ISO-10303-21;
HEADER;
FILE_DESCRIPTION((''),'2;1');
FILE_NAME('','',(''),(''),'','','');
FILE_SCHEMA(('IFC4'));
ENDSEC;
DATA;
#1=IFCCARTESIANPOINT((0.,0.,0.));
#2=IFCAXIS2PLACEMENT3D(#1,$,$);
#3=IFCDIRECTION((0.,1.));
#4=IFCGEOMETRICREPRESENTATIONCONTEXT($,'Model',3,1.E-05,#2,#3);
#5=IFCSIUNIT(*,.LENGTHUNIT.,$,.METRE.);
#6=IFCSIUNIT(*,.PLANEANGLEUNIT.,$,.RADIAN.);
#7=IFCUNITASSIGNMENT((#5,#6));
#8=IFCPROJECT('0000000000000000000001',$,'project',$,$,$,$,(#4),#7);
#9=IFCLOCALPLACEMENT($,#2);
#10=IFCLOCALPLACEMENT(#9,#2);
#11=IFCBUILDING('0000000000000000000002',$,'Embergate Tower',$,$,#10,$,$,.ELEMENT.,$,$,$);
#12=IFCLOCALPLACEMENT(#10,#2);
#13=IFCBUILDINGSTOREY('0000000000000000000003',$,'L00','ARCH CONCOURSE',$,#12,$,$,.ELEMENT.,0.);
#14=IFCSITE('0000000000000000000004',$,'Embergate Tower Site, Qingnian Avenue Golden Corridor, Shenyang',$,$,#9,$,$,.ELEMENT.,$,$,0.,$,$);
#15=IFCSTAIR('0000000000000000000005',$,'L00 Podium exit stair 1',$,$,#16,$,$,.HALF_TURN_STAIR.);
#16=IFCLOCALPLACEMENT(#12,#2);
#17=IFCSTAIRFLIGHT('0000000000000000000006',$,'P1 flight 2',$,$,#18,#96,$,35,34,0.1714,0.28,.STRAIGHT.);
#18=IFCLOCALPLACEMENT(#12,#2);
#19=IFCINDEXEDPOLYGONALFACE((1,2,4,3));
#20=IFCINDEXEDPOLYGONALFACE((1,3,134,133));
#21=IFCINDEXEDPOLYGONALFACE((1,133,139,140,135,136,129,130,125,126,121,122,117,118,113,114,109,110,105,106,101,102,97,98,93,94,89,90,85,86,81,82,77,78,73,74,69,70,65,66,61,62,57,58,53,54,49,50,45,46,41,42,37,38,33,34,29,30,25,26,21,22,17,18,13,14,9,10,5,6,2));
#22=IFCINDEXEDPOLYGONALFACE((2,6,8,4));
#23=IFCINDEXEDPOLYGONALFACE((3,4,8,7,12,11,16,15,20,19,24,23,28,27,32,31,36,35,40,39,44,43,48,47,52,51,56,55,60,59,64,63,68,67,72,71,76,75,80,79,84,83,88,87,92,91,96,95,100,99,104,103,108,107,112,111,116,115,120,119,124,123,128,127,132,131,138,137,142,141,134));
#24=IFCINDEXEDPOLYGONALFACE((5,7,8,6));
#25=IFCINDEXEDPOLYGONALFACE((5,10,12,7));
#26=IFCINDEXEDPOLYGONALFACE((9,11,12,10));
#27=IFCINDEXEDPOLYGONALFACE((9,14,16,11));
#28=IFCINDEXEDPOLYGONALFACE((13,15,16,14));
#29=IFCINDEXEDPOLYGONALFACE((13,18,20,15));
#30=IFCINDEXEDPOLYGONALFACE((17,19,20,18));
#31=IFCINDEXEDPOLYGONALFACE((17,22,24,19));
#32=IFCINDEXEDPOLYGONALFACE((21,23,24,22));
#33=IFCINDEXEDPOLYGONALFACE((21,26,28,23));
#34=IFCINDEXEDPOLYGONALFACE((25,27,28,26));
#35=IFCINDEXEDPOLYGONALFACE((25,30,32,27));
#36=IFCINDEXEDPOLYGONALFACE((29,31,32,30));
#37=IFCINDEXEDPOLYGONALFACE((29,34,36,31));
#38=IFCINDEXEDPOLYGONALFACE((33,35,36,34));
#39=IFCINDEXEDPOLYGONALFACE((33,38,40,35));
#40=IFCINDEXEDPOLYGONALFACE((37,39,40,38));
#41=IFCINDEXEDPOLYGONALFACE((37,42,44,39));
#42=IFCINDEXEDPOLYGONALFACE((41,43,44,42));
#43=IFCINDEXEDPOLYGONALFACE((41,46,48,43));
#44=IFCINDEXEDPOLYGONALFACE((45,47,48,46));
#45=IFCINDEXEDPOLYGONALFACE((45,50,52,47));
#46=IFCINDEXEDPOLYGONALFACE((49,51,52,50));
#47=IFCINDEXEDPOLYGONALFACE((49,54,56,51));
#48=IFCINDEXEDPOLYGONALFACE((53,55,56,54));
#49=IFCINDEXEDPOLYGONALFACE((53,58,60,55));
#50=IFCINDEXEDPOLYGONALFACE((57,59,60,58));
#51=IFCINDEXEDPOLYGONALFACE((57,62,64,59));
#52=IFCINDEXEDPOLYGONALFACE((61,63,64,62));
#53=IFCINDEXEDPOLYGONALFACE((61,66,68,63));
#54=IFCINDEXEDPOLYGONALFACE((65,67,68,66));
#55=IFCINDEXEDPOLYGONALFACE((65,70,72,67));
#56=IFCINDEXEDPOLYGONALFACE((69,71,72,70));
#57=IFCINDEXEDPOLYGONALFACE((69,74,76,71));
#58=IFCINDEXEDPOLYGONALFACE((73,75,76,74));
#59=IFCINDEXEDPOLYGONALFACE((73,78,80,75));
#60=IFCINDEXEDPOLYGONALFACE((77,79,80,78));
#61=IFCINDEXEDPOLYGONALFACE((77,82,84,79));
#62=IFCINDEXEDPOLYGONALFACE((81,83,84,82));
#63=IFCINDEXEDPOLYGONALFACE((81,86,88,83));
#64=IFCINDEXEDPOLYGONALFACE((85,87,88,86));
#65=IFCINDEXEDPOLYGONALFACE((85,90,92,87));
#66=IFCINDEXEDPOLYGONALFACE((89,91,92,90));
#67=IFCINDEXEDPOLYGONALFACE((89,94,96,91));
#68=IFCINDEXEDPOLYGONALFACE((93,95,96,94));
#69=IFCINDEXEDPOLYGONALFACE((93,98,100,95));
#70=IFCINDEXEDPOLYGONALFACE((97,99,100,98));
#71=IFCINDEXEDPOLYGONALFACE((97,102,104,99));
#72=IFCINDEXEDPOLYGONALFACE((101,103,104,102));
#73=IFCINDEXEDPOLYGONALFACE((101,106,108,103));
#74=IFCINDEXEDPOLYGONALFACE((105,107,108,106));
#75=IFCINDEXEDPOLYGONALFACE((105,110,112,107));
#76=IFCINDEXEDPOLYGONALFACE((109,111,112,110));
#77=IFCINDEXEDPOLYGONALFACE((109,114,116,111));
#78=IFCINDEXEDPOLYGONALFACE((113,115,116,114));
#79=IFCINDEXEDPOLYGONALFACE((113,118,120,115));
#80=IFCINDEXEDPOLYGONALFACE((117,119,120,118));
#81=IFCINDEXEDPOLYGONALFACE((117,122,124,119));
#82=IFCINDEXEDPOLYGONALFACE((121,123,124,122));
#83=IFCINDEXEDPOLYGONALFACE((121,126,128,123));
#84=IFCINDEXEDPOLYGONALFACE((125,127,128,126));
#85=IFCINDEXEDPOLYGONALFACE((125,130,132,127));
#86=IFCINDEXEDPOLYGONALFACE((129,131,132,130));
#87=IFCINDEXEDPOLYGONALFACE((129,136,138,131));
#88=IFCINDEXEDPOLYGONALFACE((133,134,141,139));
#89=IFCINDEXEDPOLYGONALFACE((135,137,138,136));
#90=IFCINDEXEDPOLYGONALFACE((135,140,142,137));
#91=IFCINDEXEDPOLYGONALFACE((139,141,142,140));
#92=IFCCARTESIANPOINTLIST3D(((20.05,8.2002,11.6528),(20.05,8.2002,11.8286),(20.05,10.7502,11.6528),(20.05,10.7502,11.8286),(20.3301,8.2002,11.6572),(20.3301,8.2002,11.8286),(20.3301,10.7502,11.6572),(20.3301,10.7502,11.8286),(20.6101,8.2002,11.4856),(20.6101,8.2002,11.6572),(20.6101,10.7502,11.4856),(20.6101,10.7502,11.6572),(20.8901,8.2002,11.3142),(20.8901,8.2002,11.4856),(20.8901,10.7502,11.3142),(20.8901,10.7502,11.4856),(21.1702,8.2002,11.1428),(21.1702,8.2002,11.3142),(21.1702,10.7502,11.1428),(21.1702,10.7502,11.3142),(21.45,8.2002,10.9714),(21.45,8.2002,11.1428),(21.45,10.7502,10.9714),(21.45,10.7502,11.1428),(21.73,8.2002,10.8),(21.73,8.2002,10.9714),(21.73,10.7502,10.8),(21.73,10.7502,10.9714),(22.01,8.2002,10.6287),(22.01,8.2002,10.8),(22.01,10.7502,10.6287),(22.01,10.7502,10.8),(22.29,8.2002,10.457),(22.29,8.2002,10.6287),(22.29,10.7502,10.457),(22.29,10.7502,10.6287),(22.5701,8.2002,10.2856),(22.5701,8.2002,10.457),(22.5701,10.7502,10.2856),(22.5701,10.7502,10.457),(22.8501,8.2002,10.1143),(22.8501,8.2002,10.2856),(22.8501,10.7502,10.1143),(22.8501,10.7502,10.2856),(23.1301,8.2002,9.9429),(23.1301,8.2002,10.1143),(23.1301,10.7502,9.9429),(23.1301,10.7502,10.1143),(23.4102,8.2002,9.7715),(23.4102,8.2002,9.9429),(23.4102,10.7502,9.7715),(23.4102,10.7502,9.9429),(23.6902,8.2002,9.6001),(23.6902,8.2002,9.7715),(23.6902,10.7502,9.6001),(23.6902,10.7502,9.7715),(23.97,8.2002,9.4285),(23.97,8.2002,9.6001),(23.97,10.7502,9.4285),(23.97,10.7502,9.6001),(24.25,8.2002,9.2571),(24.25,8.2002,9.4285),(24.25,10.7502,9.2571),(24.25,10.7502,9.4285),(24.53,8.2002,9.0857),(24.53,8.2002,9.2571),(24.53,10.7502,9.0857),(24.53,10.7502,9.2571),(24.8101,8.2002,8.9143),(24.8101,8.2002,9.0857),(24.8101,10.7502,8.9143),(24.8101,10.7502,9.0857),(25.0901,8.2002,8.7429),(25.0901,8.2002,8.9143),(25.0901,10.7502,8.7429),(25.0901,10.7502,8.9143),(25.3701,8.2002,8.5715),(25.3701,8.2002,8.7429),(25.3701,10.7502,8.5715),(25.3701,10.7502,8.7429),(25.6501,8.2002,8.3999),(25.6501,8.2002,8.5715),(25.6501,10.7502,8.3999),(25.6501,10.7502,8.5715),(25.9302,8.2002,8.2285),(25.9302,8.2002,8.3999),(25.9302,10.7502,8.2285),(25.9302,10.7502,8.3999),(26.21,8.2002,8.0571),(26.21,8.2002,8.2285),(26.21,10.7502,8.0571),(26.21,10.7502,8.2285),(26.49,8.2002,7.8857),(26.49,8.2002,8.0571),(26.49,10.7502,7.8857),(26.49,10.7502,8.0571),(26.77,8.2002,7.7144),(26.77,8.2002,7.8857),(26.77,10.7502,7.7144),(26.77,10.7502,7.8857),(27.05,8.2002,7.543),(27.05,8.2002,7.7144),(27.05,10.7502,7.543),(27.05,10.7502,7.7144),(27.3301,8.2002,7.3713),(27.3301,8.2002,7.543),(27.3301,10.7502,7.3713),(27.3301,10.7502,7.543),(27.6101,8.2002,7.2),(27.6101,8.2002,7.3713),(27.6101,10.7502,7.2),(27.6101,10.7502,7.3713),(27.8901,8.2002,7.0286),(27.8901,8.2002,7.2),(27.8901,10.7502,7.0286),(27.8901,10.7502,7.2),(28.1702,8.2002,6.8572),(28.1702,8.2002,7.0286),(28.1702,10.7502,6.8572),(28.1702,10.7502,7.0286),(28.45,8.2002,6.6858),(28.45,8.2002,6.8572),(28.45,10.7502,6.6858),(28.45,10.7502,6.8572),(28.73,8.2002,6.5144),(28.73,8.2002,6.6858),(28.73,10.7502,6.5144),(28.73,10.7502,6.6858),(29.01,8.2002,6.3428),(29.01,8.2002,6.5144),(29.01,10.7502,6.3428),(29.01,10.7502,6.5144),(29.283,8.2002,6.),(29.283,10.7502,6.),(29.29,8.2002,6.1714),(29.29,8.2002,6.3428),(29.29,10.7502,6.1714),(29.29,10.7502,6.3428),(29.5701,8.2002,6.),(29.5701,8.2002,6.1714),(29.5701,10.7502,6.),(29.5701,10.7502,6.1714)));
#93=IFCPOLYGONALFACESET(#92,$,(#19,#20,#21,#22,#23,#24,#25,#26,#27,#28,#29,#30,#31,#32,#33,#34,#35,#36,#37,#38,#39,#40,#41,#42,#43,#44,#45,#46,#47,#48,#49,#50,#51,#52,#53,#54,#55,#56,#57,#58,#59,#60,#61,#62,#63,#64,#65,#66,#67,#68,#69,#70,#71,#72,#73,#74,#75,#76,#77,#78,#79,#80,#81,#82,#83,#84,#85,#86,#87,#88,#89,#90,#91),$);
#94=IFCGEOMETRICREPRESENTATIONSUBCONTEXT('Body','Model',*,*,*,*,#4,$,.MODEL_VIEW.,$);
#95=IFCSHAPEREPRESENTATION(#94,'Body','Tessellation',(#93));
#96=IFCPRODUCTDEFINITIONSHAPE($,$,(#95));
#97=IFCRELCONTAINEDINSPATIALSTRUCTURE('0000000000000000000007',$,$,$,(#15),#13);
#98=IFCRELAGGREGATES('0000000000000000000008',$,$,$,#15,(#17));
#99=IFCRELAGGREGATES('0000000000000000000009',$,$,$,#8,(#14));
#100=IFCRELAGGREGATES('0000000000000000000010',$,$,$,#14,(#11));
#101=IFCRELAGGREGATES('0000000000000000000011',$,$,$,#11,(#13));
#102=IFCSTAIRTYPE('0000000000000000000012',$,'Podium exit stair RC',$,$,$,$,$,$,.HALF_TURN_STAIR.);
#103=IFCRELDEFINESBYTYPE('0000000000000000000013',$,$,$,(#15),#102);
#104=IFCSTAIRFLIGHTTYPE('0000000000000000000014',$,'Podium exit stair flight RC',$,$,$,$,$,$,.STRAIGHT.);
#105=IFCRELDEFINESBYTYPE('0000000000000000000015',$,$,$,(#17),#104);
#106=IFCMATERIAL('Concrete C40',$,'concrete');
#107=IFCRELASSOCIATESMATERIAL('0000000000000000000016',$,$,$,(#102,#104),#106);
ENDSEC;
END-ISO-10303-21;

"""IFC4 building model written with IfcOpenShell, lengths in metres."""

from ifc_helpers import new_model, si_unit, direction, frame, origin, place, context, subcontext, project, spatial, polyline, outline, extrude, source, transform, mapped, material, type_object, element, aggregate, save


model = new_model("IFC4")

# Units and contexts
model_context = context("Model", 3, precision=1e-05, world=origin(), true_north=direction((0.0, 1.0)))
body_context = subcontext(model_context, "Body", "Model", "MODEL_VIEW")
ifc_project = project(units=[si_unit("LENGTHUNIT", "METRE"), si_unit("PLANEANGLEUNIT", "RADIAN")], contexts=[model_context])

# Site, building, storey
site_placement = place(None, origin())
site = spatial("IfcSite", under=ifc_project, at=site_placement, Name="Embergate Tower Site, Qingnian Avenue Golden Corridor, Shenyang", CompositionType="ELEMENT", RefElevation=0.0)
building_placement = place(site_placement, origin())
building = spatial("IfcBuilding", under=site, at=building_placement, Name="Embergate Tower", CompositionType="ELEMENT")
storey_placement = place(building_placement, origin())
storey = spatial("IfcBuildingStorey", under=building, at=storey_placement, Name="L00", Description="ARCH CONCOURSE", CompositionType="ELEMENT", Elevation=0.0)

# Shared definitions
ifc_material_1 = material(Name="Concrete C40", Category="concrete")

# Stair, stair flight
stair_type = type_object("IfcStairType", Name="Podium exit stair RC", PredefinedType="HALF_TURN_STAIR", material=ifc_material_1)
stair_placement = place(storey_placement, origin())
stair = element("IfcStair", 1, at=stair_placement, inside=storey, type_object=stair_type, Name="L00 Podium exit stair 1", PredefinedType="HALF_TURN_STAIR")
stair_flight_type = type_object("IfcStairFlightType", Name="Podium exit stair flight RC", PredefinedType="STRAIGHT", material=ifc_material_1)
shared_shape_1 = source(origin(), body_context, "Body", "SweptSolid", [
    extrude(outline(polyline([(0.0, 0.0), (0.0, 0.1714), (0.28, 0.1714), (0.28, 0.3428), (0.5601, 0.3428), (0.5601, 0.5144), (0.8401, 0.5144), (0.8401, 0.6858), (1.1201, 0.6858), (1.1201, 0.8572), (1.3999, 0.8572), (1.3999, 1.0286), (1.6799, 1.0286), (1.6799, 1.2), (1.96, 1.2), (1.96, 1.3713), (2.24, 1.3713), (2.24, 1.543), (2.52, 1.543), (2.52, 1.7144), (2.8, 1.7144), (2.8, 1.8857), (3.0801, 1.8857), (3.0801, 2.0571), (3.3601, 2.0571), (3.3601, 2.2285), (3.6399, 2.2285), (3.6399, 2.3999), (3.9199, 2.3999), (3.9199, 2.5715), (4.2, 2.5715), (4.2, 2.7429), (4.48, 2.7429), (4.48, 2.9143), (4.76, 2.9143), (4.76, 3.0857), (5.04, 3.0857), (5.04, 3.2571), (5.3201, 3.2571), (5.3201, 3.4285), (5.6001, 3.4285), (5.6001, 3.6001), (5.8799, 3.6001), (5.8799, 3.7715), (6.1599, 3.7715), (6.1599, 3.9429), (6.4399, 3.9429), (6.4399, 4.1143), (6.72, 4.1143), (6.72, 4.2856), (7.0, 4.2856), (7.0, 4.457), (7.28, 4.457), (7.28, 4.6287), (7.5601, 4.6287), (7.5601, 4.8), (7.8401, 4.8), (7.8401, 4.9714), (8.1201, 4.9714), (8.1201, 5.1428), (8.3999, 5.1428), (8.3999, 5.3142), (8.6799, 5.3142), (8.6799, 5.4856), (8.96, 5.4856), (8.96, 5.6572), (9.24, 5.6572), (9.24, 5.8286), (9.52, 5.8286), (9.52, 6.0), (9.52, 5.6528), (0.2871, 0.0), (0.0, 0.0)])), frame((0.0, 1.2749, 0.0), z_axis=(0.0, -1.0, 0.0), x_axis=(1.0, 0.0, 0.0)), (0.0, 0.0, 1.0), 2.55),
])
stair_flight_placement = place(storey_placement, frame((29.5701, 9.4751, 6.0), z_axis=(0.0, 0.0, 1.0), x_axis=(-1.0, 0.0, 0.0)))
stair_flight = element("IfcStairFlight", 2, at=stair_flight_placement, type_object=stair_flight_type, Name="P1 flight 2", NumberOfRisers=35, NumberOfTreads=34, PredefinedType="STRAIGHT", RiserHeight=0.1714, TreadLength=0.28, context=body_context, shape_type="MappedRepresentation", body=[
    mapped(shared_shape_1, transform((0.0, 0.0, 0.0))),
])
aggregate(stair, [stair_flight])

save(model, "model.ifc")
